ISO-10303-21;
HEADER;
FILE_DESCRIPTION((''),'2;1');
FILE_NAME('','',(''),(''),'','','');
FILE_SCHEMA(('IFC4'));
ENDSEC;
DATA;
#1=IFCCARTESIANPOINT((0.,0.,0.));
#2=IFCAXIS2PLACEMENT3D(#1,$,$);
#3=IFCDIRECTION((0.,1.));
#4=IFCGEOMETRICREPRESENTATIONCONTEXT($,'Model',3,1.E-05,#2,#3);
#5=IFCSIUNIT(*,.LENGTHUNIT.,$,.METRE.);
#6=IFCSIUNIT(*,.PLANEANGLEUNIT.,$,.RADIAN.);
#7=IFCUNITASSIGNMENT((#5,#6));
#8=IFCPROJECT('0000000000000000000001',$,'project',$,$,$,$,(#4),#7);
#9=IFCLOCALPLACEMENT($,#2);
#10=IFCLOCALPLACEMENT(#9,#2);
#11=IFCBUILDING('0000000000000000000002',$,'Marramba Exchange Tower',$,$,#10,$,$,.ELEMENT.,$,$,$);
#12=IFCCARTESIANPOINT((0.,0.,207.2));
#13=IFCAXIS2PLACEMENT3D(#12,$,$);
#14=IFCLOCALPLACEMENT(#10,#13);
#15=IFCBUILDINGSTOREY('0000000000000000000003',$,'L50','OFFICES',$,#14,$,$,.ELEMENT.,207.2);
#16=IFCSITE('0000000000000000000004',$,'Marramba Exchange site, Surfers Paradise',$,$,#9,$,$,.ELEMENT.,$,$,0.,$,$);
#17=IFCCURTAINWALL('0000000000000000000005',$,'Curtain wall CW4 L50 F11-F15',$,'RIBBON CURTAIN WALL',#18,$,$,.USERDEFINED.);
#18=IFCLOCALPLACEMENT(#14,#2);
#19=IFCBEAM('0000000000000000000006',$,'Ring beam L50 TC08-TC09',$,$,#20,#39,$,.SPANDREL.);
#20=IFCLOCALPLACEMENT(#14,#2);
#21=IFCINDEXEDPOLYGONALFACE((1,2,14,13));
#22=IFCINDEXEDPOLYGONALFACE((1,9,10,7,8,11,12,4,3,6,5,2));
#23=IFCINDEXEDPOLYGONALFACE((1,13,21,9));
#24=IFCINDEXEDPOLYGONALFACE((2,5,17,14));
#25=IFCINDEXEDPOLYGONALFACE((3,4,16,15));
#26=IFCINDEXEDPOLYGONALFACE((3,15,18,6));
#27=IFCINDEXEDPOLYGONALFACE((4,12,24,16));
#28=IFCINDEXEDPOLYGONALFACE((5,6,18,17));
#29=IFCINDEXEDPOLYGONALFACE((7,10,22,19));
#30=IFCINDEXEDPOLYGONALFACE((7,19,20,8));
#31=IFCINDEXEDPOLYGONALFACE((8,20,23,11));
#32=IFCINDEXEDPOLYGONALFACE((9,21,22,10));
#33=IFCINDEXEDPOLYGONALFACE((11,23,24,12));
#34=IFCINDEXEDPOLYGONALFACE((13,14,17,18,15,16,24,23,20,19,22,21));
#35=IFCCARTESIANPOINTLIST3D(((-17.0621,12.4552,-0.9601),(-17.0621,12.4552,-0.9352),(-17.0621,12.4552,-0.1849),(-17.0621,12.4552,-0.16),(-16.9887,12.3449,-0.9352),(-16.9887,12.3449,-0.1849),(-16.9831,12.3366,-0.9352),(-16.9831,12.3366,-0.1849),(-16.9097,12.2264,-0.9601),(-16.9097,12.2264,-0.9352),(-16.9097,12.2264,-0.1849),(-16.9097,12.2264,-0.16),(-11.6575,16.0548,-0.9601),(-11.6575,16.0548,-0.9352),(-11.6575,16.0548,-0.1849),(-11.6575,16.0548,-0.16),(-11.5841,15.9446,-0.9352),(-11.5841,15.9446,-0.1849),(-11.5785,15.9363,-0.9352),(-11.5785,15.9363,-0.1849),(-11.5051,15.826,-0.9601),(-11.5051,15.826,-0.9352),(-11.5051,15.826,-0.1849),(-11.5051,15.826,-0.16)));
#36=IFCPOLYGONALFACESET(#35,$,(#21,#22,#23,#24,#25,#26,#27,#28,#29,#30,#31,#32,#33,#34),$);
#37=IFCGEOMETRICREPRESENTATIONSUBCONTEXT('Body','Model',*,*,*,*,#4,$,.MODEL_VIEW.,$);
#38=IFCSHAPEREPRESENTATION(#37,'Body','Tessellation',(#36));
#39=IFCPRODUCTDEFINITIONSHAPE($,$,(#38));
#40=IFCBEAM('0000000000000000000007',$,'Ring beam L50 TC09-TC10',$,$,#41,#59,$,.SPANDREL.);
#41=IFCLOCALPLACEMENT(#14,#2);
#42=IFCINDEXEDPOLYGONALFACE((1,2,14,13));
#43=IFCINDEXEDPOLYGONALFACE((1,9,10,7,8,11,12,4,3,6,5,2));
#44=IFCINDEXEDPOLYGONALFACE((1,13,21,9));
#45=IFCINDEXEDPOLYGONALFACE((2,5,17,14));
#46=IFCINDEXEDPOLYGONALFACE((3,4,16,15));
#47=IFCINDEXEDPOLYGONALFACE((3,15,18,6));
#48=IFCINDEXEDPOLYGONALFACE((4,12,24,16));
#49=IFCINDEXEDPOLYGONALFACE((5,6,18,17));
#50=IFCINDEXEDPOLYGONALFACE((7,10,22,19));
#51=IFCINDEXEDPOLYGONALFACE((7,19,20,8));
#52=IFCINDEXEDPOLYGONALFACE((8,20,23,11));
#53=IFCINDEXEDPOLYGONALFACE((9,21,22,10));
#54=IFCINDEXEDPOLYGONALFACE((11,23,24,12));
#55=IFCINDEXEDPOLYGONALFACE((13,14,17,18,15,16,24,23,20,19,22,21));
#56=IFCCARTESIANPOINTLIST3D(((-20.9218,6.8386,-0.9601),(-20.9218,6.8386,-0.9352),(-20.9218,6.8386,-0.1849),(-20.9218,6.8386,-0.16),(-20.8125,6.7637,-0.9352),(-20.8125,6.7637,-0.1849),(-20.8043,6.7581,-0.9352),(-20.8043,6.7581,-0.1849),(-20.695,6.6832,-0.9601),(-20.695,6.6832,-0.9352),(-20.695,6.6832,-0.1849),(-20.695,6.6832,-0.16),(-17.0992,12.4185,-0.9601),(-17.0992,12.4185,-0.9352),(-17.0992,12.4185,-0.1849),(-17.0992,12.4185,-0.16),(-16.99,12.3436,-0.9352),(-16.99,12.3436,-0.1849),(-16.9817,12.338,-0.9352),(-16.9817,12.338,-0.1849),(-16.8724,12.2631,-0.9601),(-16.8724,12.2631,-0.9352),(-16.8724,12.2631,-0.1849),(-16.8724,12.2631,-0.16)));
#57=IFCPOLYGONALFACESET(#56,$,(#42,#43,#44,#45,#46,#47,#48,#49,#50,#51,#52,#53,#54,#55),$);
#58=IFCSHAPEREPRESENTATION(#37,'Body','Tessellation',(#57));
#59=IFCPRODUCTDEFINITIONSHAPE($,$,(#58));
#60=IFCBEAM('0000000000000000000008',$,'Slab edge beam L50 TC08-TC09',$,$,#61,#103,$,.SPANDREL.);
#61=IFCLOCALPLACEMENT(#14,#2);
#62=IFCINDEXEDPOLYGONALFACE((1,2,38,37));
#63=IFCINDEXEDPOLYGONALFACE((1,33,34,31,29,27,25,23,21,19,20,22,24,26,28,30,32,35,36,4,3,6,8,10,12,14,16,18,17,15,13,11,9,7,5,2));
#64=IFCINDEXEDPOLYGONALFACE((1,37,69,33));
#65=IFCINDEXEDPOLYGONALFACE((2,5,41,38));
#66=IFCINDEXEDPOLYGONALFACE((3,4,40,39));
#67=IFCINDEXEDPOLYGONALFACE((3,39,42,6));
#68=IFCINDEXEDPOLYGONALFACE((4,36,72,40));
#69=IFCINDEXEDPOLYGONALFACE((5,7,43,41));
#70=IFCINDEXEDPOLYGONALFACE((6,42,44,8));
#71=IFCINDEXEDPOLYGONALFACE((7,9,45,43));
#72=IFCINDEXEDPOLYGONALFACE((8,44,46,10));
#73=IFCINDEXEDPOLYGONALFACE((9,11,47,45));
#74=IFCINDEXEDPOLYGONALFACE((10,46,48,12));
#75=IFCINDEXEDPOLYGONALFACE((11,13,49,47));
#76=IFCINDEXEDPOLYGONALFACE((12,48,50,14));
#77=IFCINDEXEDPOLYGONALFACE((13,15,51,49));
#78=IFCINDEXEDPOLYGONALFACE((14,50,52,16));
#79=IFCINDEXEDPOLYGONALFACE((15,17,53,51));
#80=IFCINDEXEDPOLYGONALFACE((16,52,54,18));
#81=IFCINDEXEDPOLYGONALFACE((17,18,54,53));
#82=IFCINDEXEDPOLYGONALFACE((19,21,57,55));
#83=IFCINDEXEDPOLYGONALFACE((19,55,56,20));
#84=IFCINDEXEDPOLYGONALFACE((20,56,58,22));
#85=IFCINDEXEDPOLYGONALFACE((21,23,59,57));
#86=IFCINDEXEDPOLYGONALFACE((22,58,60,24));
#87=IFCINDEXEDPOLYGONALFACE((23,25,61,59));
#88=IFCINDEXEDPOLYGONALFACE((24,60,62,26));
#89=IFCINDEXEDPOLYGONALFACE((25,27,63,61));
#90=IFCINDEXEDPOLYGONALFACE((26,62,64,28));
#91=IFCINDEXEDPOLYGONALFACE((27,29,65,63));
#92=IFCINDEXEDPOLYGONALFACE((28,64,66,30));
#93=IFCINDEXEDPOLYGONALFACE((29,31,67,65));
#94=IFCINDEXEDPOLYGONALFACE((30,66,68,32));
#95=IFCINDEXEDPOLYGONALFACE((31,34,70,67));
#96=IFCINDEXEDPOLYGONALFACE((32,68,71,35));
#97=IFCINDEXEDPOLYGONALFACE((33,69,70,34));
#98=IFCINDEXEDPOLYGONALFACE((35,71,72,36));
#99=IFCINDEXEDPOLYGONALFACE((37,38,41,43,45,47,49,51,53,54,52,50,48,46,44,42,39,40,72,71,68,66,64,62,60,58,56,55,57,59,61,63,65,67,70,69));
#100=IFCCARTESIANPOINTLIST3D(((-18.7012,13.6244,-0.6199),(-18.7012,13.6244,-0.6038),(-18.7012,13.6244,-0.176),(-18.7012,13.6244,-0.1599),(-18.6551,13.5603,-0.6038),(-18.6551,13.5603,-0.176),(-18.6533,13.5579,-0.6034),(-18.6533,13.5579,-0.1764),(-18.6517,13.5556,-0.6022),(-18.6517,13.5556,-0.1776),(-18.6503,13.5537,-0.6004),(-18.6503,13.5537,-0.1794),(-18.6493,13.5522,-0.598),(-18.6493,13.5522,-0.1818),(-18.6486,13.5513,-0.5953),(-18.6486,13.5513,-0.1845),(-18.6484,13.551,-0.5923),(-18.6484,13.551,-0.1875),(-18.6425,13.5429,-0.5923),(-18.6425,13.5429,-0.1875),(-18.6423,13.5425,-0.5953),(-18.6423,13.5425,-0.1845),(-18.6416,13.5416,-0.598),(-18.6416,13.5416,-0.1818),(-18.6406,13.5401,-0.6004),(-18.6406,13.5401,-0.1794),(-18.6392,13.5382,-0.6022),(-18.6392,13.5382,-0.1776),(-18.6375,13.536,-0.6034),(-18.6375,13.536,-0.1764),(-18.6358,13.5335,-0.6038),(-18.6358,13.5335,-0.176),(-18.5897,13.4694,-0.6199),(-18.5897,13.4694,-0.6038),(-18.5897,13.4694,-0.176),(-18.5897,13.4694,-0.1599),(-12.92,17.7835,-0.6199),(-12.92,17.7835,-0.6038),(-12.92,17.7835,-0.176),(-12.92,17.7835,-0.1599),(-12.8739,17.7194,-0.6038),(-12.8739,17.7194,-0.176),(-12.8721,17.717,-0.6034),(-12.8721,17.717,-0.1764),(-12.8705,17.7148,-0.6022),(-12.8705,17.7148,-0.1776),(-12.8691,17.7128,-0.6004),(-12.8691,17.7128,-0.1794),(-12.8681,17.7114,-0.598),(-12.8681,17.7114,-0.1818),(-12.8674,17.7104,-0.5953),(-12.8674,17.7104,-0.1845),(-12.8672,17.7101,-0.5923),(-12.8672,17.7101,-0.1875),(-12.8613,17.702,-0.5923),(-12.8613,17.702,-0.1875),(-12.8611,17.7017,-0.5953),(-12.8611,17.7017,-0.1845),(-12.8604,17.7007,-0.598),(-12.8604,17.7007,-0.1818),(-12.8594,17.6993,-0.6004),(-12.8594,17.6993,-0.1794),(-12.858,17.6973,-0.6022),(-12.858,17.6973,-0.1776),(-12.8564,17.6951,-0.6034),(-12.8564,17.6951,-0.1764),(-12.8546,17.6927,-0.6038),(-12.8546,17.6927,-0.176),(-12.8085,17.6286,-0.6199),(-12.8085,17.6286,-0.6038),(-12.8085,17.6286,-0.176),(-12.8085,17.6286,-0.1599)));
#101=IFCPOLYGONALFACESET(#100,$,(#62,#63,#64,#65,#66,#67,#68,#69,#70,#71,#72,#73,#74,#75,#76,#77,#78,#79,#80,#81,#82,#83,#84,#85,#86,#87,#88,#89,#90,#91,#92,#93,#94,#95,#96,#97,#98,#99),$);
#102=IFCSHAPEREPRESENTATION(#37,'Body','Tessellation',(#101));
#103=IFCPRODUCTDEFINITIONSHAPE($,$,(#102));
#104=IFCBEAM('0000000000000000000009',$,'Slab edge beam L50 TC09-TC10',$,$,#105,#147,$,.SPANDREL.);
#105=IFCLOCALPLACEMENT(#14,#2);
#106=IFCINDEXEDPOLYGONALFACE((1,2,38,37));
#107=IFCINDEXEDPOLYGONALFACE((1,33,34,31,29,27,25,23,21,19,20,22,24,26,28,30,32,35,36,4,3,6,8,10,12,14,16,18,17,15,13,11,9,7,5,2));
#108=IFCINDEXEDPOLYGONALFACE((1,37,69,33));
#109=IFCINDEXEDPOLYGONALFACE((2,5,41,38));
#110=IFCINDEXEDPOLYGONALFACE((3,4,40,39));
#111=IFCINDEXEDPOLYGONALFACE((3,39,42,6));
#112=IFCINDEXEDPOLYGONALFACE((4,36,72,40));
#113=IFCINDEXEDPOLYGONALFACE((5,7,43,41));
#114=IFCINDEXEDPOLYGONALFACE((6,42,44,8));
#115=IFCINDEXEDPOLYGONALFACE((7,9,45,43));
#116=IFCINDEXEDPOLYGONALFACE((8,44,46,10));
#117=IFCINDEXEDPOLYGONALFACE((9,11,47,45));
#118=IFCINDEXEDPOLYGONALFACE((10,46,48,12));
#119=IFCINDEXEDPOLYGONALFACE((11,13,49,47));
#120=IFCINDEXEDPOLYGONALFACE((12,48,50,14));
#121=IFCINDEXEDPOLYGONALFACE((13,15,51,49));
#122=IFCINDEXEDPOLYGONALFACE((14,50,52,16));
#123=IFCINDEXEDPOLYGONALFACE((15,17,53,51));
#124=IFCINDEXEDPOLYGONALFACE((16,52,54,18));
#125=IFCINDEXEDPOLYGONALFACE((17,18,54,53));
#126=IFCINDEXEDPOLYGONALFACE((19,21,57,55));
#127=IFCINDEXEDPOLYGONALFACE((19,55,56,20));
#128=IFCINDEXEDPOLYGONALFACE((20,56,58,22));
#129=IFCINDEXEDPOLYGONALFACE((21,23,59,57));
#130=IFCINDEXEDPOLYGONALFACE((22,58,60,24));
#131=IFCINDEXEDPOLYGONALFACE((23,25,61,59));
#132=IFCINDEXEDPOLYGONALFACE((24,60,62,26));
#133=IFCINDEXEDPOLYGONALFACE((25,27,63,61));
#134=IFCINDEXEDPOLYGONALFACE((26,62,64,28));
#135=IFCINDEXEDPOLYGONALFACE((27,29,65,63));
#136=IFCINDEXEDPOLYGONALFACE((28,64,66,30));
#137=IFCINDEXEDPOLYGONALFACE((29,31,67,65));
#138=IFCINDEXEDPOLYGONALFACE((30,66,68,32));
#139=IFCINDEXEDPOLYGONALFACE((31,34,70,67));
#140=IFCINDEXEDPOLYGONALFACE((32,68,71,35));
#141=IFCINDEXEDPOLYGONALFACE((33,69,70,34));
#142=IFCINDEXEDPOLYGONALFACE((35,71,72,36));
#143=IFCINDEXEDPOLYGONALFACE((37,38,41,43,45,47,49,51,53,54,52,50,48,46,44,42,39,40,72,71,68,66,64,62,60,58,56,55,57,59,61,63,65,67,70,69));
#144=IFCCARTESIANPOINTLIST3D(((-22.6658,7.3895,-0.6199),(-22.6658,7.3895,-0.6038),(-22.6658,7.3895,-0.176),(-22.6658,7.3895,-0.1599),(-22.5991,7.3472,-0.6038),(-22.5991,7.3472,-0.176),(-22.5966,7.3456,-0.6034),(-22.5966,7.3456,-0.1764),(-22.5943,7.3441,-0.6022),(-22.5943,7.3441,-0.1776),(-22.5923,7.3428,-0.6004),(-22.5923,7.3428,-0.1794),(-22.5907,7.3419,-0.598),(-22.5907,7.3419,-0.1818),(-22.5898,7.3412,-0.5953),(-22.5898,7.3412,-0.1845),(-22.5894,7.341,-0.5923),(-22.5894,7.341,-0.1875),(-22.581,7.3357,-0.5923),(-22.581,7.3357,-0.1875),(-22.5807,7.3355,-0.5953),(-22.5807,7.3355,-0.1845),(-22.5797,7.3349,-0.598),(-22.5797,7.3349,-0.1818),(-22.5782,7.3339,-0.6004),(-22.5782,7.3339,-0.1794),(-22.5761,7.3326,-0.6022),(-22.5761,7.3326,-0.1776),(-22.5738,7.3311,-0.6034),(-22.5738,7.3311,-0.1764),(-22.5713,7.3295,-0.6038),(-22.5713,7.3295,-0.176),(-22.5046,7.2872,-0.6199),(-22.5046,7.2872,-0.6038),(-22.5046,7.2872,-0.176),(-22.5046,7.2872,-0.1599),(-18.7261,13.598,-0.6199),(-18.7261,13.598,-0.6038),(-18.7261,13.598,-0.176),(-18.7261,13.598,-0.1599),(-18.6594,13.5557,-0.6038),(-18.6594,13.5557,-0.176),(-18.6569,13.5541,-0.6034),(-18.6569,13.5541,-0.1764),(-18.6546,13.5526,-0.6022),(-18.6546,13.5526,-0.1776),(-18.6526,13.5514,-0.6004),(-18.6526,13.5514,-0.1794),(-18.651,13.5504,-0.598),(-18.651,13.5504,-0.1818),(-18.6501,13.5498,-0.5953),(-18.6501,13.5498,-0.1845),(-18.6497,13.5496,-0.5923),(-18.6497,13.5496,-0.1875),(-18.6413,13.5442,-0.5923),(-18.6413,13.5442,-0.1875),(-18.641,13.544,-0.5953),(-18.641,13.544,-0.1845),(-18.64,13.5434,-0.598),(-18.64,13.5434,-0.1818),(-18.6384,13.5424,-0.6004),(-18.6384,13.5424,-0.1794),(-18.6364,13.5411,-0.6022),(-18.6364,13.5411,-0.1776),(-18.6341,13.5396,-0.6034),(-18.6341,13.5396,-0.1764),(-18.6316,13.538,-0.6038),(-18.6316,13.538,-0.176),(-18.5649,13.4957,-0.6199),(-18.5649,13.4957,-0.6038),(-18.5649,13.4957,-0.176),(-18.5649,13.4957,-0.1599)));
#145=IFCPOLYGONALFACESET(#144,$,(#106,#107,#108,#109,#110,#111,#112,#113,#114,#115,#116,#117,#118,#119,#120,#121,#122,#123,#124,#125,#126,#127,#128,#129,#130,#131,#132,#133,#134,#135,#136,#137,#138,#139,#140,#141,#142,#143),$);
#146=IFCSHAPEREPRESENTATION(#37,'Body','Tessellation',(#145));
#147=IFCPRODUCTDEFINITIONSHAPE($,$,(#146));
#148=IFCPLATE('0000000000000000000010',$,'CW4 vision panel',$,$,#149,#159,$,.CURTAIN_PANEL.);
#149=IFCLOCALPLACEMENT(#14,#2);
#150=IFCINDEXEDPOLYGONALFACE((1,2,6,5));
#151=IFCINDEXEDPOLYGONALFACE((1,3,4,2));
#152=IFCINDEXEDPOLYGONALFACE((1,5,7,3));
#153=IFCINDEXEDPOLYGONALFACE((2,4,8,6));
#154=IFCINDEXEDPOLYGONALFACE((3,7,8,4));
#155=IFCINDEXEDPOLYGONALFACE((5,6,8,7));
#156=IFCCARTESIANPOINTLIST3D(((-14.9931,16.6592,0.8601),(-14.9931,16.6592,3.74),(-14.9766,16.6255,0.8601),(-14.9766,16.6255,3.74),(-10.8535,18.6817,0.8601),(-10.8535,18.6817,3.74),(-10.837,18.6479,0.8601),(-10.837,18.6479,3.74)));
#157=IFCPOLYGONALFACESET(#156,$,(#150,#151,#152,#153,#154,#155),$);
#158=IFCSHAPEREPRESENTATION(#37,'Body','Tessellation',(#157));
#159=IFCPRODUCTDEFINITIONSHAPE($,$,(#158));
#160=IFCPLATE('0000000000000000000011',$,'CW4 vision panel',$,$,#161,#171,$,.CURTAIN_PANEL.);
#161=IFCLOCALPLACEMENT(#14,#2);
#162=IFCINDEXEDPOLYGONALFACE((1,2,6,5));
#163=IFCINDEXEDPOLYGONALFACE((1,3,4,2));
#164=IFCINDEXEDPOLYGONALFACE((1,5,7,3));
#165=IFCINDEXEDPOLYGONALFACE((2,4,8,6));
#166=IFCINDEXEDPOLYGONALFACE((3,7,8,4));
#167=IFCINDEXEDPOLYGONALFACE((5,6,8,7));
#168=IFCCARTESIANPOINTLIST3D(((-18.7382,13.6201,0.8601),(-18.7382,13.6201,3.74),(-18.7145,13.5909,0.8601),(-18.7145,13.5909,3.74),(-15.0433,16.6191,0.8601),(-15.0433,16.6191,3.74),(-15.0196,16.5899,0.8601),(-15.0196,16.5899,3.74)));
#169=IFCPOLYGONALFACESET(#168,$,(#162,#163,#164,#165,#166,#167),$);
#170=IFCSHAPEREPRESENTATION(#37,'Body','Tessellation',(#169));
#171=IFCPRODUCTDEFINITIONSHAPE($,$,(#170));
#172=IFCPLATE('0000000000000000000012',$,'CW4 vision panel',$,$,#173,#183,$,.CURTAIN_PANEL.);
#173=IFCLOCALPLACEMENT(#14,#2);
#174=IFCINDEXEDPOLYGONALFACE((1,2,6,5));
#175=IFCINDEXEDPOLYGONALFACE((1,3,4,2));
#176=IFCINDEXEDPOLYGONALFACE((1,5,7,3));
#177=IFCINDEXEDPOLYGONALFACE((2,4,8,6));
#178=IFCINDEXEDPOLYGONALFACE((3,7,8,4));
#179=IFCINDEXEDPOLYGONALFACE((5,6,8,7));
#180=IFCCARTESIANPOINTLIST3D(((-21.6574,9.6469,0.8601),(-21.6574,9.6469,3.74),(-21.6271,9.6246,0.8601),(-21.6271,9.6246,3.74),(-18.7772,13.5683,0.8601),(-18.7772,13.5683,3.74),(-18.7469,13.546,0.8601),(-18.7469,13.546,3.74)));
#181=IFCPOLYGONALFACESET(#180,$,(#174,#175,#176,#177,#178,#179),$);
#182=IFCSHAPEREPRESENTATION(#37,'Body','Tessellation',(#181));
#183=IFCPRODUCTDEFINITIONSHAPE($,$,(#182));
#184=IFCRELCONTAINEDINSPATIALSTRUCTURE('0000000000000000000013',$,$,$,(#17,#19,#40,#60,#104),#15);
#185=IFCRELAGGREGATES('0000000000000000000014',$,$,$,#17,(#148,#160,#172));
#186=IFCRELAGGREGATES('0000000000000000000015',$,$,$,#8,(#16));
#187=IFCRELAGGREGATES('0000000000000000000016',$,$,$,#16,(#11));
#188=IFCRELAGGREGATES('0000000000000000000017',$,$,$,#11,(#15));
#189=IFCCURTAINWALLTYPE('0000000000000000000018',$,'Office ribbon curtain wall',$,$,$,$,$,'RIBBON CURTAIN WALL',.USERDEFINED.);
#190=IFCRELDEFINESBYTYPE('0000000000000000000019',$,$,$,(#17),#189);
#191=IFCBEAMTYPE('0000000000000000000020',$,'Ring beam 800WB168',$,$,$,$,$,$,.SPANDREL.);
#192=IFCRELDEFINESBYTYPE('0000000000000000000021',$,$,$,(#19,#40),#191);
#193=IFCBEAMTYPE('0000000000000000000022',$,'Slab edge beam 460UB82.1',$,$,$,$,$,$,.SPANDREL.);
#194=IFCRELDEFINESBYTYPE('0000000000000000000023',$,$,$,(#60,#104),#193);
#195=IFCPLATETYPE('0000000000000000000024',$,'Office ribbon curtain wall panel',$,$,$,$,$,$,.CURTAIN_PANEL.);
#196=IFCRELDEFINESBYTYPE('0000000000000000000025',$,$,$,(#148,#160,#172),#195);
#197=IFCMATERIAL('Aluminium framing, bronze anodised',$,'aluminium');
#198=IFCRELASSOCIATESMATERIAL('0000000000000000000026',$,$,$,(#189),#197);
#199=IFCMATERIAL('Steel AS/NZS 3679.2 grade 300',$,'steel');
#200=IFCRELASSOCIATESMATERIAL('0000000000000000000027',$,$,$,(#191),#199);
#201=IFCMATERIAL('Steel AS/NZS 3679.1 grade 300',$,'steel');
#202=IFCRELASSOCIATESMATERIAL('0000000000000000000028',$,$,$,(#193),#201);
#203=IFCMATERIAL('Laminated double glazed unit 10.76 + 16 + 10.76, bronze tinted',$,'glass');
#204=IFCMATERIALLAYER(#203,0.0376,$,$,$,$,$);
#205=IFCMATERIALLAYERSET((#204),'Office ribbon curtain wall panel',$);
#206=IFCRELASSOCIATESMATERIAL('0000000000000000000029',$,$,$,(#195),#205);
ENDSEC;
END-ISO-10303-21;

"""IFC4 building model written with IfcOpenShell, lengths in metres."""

from ifc_helpers import new_model, si_unit, direction, frame, origin, origin_2d, place, context, subcontext, project, spatial, rectangle, i_section, extrude, material, layer, layer_set, material_profile, profile_set, type_object, element, aggregate, save


model = new_model("IFC4")

# Units and contexts
model_context = context("Model", 3, precision=1e-05, world=origin(), true_north=direction((0.0, 1.0)))
body_context = subcontext(model_context, "Body", "Model", "MODEL_VIEW")
ifc_project = project(units=[si_unit("LENGTHUNIT", "METRE"), si_unit("PLANEANGLEUNIT", "RADIAN")], contexts=[model_context])

# Site, building, storey
site_placement = place(None, origin())
site = spatial("IfcSite", under=ifc_project, at=site_placement, Name="Marramba Exchange site, Surfers Paradise", CompositionType="ELEMENT", RefElevation=0.0)
building_placement = place(site_placement, origin())
building = spatial("IfcBuilding", under=site, at=building_placement, Name="Marramba Exchange Tower", CompositionType="ELEMENT")
storey_placement = place(building_placement, frame((0.0, 0.0, 207.2)))
storey = spatial("IfcBuildingStorey", under=building, at=storey_placement, Name="L50", Description="OFFICES", CompositionType="ELEMENT", Elevation=207.2)

# Shared definitions
ifc_material_1 = material(Name="Steel AS/NZS 3679.2 grade 300", Category="steel")
ifc_material_2 = material(Name="Steel AS/NZS 3679.1 grade 300", Category="steel")

# Curtain wall
ifc_material_3 = material(Name="Aluminium framing, bronze anodised", Category="aluminium")
curtain_wall_type = type_object("IfcCurtainWallType", Name="Office ribbon curtain wall", ElementType="RIBBON CURTAIN WALL", PredefinedType="USERDEFINED", material=ifc_material_3)
curtain_wall_placement = place(storey_placement, origin())
curtain_wall = element("IfcCurtainWall", 1, at=curtain_wall_placement, inside=storey, type_object=curtain_wall_type, Name="Curtain wall CW4 L50 F11-F15", ObjectType="RIBBON CURTAIN WALL", PredefinedType="USERDEFINED")

# Beams
ifc_material_profile_1 = material_profile(ifc_material_1, i_section(OverallWidth=0.2749, OverallDepth=0.8, WebThickness=0.01, FlangeThickness=0.0249, at=origin_2d()), Name="800WB168")
ifc_profile_set_1 = profile_set([ifc_material_profile_1], Name="Steel AS/NZS 3679.2 grade 300")
beam_type_1 = type_object("IfcBeamType", Name="Ring beam 800WB168", PredefinedType="SPANDREL", material=ifc_profile_set_1)
beam_1_placement = place(storey_placement, frame((-11.5813, 15.9404, -0.5601), z_axis=(-0.832293, -0.554336, 0.0), x_axis=(0.554336, -0.832293, 0.0)))
element("IfcBeam", 2, at=beam_1_placement, inside=storey, type_object=beam_type_1, Name="Ring beam L50 TC08-TC09", PredefinedType="SPANDREL", context=body_context, shape_type="SweptSolid", body=[
    extrude(i_section(OverallWidth=0.2749, OverallDepth=0.8, WebThickness=0.01, FlangeThickness=0.0249, at=origin_2d()), origin(), (0.0, 0.0, 1.0), 6.4937),
])
beam_2_placement = place(storey_placement, frame((-16.9858, 12.3408, -0.5601), z_axis=(-0.56516, -0.824981, 0.0), x_axis=(0.824981, -0.56516, 0.0)))
element("IfcBeam", 3, at=beam_2_placement, inside=storey, type_object=beam_type_1, Name="Ring beam L50 TC09-TC10", PredefinedType="SPANDREL", context=body_context, shape_type="SweptSolid", body=[
    extrude(i_section(OverallWidth=0.2749, OverallDepth=0.8, WebThickness=0.01, FlangeThickness=0.0249, at=origin_2d()), origin(), (0.0, 0.0, 1.0), 6.7637),
])
ifc_material_profile_2 = material_profile(ifc_material_2, i_section(OverallWidth=0.1909, OverallDepth=0.46, WebThickness=0.01, FlangeThickness=0.0161, FilletRadius=0.0115, at=origin_2d()), Name="460UB82.1")
ifc_profile_set_2 = profile_set([ifc_material_profile_2], Name="Steel AS/NZS 3679.1 grade 300")
beam_type_2 = type_object("IfcBeamType", Name="Slab edge beam 460UB82.1", PredefinedType="SPANDREL", material=ifc_profile_set_2)
beam_3_placement = place(storey_placement, frame((-12.8643, 17.7061, -0.3899), z_axis=(-0.811755, -0.583998, 0.0), x_axis=(0.583998, -0.811755, 0.0)))
element("IfcBeam", 4, at=beam_3_placement, inside=storey, type_object=beam_type_2, Name="Slab edge beam L50 TC08-TC09", PredefinedType="SPANDREL", context=body_context, shape_type="SweptSolid", body=[
    extrude(i_section(OverallWidth=0.1909, OverallDepth=0.46, WebThickness=0.01, FlangeThickness=0.0161, FilletRadius=0.0115, at=origin_2d()), origin(), (0.0, 0.0, 1.0), 7.1218),
])
beam_4_placement = place(storey_placement, frame((-18.6455, 13.5469, -0.3899), z_axis=(-0.535794, -0.844348, 0.0), x_axis=(0.844348, -0.535794, 0.0)))
element("IfcBeam", 5, at=beam_4_placement, inside=storey, type_object=beam_type_2, Name="Slab edge beam L50 TC09-TC10", PredefinedType="SPANDREL", context=body_context, shape_type="SweptSolid", body=[
    extrude(i_section(OverallWidth=0.1909, OverallDepth=0.46, WebThickness=0.01, FlangeThickness=0.0161, FilletRadius=0.0115, at=origin_2d()), origin(), (0.0, 0.0, 1.0), 7.353),
])

# Plates
ifc_material_4 = material(Name="Laminated double glazed unit 10.76 + 16 + 10.76, bronze tinted", Category="glass")
ifc_layer_1 = layer(ifc_material_4, 0.0376)
ifc_layer_set_1 = layer_set([ifc_layer_1], Name="Office ribbon curtain wall panel")
plate_type = type_object("IfcPlateType", Name="Office ribbon curtain wall panel", PredefinedType="CURTAIN_PANEL", material=ifc_layer_set_1)
plate_1_placement = place(storey_placement, frame((-12.915, 17.6536, 0.8601), z_axis=(0.0, 0.0, 1.0), x_axis=(-0.898501, -0.438972, 0.0)))
plate_1 = element("IfcPlate", 6, at=plate_1_placement, type_object=plate_type, Name="CW4 vision panel", PredefinedType="CURTAIN_PANEL", context=body_context, shape_type="SweptSolid", body=[
    extrude(rectangle(XDim=4.6072, YDim=0.0376, at=origin_2d()), origin(), (0.0, 0.0, 1.0), 2.8799),
])
plate_2_placement = place(storey_placement, frame((-16.8789, 15.105, 0.8601), z_axis=(0.0, 0.0, 1.0), x_axis=(-0.776432, -0.630201, 0.0)))
plate_2 = element("IfcPlate", 7, at=plate_2_placement, type_object=plate_type, Name="CW4 vision panel", PredefinedType="CURTAIN_PANEL", context=body_context, shape_type="SweptSolid", body=[
    extrude(rectangle(XDim=4.7588, YDim=0.0376, at=origin_2d()), origin(), (0.0, 0.0, 1.0), 2.8799),
])
plate_3_placement = place(storey_placement, frame((-20.2021, 11.5964, 0.8601), z_axis=(0.0, 0.0, 1.0), x_axis=(-0.591963, -0.805965, 0.0)))
plate_3 = element("IfcPlate", 8, at=plate_3_placement, type_object=plate_type, Name="CW4 vision panel", PredefinedType="CURTAIN_PANEL", context=body_context, shape_type="SweptSolid", body=[
    extrude(rectangle(XDim=4.8655, YDim=0.0376, at=origin_2d()), origin(), (0.0, 0.0, 1.0), 2.8799),
])
aggregate(curtain_wall, [plate_1, plate_2, plate_3])

save(model, "model.ifc")
